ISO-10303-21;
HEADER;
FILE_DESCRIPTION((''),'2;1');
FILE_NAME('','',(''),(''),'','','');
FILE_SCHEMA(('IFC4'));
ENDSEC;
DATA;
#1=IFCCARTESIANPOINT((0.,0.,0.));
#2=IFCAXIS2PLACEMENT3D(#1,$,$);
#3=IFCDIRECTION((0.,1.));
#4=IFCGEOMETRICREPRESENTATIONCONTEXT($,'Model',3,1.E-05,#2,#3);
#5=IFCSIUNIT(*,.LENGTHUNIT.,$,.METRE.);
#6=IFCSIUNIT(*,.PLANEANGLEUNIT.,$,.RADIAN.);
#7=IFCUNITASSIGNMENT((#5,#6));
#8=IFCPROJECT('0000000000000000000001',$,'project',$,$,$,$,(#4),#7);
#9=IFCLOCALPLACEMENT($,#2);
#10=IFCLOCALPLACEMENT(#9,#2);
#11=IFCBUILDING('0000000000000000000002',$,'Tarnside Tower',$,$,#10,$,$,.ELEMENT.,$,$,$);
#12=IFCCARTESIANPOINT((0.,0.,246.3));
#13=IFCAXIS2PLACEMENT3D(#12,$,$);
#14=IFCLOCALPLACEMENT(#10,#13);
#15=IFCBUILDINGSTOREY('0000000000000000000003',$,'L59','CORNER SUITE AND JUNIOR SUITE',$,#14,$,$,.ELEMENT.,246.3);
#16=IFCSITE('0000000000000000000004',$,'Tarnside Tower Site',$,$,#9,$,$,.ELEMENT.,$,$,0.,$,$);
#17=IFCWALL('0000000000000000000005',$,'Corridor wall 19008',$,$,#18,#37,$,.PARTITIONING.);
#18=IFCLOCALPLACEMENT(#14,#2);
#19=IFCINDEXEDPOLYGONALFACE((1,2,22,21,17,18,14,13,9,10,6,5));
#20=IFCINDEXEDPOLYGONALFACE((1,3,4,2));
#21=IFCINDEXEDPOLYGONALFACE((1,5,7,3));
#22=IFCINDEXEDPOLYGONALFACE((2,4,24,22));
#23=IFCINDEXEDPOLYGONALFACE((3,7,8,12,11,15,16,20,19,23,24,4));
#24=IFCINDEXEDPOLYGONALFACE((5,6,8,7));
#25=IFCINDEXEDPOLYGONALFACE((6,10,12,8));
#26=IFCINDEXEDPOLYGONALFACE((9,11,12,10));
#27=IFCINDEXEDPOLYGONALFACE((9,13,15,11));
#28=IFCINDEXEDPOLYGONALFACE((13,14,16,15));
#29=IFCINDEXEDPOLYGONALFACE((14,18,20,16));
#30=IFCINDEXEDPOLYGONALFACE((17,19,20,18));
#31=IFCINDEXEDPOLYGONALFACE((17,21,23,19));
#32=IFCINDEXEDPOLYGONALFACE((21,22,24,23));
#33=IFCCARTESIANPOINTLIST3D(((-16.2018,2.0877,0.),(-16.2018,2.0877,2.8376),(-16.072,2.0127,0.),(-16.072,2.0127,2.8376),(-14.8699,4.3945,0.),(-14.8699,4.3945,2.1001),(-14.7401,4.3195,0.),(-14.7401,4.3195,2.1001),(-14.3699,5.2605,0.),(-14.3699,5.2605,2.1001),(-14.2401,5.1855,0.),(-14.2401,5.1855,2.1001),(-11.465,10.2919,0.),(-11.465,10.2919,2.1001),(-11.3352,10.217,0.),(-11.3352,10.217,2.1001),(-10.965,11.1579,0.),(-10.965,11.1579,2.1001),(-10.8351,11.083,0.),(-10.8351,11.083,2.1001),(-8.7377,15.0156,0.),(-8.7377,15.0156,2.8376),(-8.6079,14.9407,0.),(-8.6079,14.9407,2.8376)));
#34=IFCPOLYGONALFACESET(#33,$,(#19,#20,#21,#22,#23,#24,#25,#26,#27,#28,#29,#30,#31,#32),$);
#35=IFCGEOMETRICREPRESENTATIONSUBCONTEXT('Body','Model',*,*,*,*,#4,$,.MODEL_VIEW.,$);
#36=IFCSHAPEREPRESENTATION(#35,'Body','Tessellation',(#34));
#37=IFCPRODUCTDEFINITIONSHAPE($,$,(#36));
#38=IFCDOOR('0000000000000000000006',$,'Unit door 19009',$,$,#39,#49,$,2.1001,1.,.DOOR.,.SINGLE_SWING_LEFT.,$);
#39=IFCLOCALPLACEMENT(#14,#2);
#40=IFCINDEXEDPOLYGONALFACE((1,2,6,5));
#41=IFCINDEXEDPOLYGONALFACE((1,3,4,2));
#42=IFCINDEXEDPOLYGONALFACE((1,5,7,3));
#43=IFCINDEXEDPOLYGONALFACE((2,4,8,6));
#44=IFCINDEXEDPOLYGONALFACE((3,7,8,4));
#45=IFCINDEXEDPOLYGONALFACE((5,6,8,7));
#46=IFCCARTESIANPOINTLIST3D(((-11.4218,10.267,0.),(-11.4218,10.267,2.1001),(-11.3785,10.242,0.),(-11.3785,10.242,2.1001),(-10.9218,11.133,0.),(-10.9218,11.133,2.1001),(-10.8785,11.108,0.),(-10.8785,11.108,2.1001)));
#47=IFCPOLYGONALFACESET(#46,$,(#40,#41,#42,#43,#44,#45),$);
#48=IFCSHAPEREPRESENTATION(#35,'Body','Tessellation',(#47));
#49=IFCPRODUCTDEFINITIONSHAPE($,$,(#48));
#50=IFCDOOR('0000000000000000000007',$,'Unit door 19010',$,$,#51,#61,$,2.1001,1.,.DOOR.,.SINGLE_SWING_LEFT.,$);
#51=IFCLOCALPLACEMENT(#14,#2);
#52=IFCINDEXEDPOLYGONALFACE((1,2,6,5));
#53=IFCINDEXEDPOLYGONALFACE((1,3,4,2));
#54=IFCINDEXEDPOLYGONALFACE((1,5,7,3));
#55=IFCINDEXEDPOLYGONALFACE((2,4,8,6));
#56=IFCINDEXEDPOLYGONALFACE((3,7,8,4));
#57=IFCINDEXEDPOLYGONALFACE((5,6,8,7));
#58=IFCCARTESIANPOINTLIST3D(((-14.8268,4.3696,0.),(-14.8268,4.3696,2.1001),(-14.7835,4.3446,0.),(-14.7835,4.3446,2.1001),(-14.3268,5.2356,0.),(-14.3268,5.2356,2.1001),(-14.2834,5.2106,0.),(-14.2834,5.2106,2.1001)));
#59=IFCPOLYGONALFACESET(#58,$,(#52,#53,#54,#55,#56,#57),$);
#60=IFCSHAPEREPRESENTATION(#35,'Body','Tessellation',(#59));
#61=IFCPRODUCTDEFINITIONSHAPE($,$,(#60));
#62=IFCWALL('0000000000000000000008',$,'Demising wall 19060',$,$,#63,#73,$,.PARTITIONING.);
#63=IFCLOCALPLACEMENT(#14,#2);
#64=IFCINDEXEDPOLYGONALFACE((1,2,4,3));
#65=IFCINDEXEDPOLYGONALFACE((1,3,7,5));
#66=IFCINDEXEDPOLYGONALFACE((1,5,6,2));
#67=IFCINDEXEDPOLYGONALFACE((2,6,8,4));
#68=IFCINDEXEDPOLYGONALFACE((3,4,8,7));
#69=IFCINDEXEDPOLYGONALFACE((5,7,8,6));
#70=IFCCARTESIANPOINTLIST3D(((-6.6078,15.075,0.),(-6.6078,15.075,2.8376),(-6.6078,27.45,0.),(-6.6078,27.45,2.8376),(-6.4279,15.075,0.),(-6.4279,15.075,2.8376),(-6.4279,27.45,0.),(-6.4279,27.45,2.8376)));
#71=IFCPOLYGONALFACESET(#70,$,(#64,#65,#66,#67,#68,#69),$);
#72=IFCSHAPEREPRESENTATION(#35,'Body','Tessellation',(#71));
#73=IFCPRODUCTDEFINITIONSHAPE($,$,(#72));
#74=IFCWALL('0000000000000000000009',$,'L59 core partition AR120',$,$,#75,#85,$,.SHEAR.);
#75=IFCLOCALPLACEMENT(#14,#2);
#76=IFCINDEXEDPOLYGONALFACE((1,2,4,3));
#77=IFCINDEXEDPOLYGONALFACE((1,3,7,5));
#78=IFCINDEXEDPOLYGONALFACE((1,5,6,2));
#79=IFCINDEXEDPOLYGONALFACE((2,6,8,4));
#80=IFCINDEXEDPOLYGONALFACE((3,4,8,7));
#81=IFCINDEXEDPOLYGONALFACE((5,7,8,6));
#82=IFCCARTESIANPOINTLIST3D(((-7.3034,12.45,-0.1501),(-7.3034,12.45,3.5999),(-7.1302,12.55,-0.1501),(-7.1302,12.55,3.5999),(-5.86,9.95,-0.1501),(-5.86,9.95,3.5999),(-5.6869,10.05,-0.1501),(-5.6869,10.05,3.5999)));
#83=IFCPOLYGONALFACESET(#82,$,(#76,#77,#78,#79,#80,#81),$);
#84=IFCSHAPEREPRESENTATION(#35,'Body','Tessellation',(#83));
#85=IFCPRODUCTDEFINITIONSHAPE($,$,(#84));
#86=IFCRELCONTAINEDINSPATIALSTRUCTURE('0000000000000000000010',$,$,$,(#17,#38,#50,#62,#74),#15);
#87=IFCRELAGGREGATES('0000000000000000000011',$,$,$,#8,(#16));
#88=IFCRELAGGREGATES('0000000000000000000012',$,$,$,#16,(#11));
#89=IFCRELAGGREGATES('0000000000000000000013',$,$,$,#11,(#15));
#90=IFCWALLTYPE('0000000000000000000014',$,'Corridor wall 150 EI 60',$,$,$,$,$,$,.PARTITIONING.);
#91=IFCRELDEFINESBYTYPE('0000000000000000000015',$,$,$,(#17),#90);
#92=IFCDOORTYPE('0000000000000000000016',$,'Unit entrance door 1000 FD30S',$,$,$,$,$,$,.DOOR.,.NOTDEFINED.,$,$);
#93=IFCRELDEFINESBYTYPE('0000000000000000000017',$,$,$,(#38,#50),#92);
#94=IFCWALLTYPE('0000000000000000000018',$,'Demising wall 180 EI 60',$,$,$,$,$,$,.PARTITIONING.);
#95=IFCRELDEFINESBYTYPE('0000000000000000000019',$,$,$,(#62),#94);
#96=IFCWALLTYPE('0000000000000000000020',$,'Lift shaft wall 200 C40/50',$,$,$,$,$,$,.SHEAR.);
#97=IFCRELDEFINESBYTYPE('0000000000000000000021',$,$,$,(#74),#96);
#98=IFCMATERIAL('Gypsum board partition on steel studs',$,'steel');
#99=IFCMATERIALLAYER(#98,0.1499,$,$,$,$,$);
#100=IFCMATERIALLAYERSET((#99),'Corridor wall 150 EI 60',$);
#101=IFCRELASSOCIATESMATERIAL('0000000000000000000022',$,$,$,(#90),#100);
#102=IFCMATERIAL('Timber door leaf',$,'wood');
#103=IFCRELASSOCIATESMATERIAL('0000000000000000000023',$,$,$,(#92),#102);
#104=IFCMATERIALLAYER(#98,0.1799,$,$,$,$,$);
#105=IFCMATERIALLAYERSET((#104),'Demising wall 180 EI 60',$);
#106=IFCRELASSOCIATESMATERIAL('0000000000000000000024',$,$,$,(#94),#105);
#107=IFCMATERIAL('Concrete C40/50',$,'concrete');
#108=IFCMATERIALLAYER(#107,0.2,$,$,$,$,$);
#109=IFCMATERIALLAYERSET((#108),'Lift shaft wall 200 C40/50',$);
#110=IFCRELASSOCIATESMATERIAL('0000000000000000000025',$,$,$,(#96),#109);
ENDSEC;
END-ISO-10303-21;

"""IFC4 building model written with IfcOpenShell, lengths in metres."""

from ifc_helpers import new_model, si_unit, direction, frame, frame_2d, origin, place, context, subcontext, project, spatial, rectangle, extrude, material, layer, layer_set, type_object, element, fill, save


model = new_model("IFC4")

# Units and contexts
model_context = context("Model", 3, precision=1e-05, world=origin(), true_north=direction((0.0, 1.0)))
body_context = subcontext(model_context, "Body", "Model", "MODEL_VIEW")
ifc_project = project(units=[si_unit("LENGTHUNIT", "METRE"), si_unit("PLANEANGLEUNIT", "RADIAN")], contexts=[model_context])

# Site, building, storey
site_placement = place(None, origin())
site = spatial("IfcSite", under=ifc_project, at=site_placement, Name="Tarnside Tower Site", CompositionType="ELEMENT", RefElevation=0.0)
building_placement = place(site_placement, origin())
building = spatial("IfcBuilding", under=site, at=building_placement, Name="Tarnside Tower", CompositionType="ELEMENT")
storey_placement = place(building_placement, frame((0.0, 0.0, 246.3)))
storey = spatial("IfcBuildingStorey", under=building, at=storey_placement, Name="L59", Description="CORNER SUITE AND JUNIOR SUITE", CompositionType="ELEMENT", Elevation=246.3)

# Shared definitions
ifc_material_1 = material(Name="Gypsum board partition on steel studs", Category="steel")

# Wall, openings, doors
ifc_layer_1 = layer(ifc_material_1, 0.1499)
ifc_layer_set_1 = layer_set([ifc_layer_1], Name="Corridor wall 150 EI 60")
wall_type_1 = type_object("IfcWallType", Name="Corridor wall 150 EI 60", PredefinedType="PARTITIONING", material=ifc_layer_set_1)
wall_1_placement = place(storey_placement, frame((-8.6729, 14.978, 0.0), z_axis=(0.0, 0.0, 1.0), x_axis=(-0.500007, -0.866021, 0.0)))
wall_1 = element("IfcWall", 1, at=wall_1_placement, inside=storey, type_object=wall_type_1, Name="Corridor wall 19008", PredefinedType="PARTITIONING", context=body_context, shape_type="SweptSolid", body=[
    extrude(rectangle(XDim=14.928, YDim=0.1499, at=frame_2d((7.4639, 0.0))), origin(), (0.0, 0.0, 1.0), 2.8376),
])
opening_1_placement = place(wall_1_placement, frame((4.4543, 0.0, 0.0)))
opening_1 = element("IfcOpeningElement", 2, at=opening_1_placement, cuts=wall_1, PredefinedType="OPENING", context=body_context, shape_type="SweptSolid", body=[
    extrude(rectangle(XDim=1.0, YDim=2.1001, at=frame_2d((0.5, 1.05))), frame((0.0, 0.085, 0.0), z_axis=(0.0, -1.0, 0.0), x_axis=(1.0, 0.0, 0.0)), (0.0, 0.0, 1.0), 0.1699),
])
opening_2_placement = place(wall_1_placement, frame((11.2642, 0.0, 0.0)))
opening_2 = element("IfcOpeningElement", 3, at=opening_2_placement, cuts=wall_1, PredefinedType="OPENING", context=body_context, shape_type="SweptSolid", body=[
    extrude(rectangle(XDim=1.0, YDim=2.1001, at=frame_2d((0.5, 1.05))), frame((0.0, 0.085, 0.0), z_axis=(0.0, -1.0, 0.0), x_axis=(1.0, 0.0, 0.0)), (0.0, 0.0, 1.0), 0.1699),
])
ifc_material_2 = material(Name="Timber door leaf", Category="wood")
door_type_1 = type_object("IfcDoorType", Name="Unit entrance door 1000 FD30S", OperationType="NOTDEFINED", PredefinedType="DOOR", material=ifc_material_2)
door_1_placement = place(opening_1_placement, origin())
door_1 = element("IfcDoor", 4, at=door_1_placement, inside=storey, type_object=door_type_1, Name="Unit door 19009", OperationType="SINGLE_SWING_LEFT", OverallHeight=2.1001, OverallWidth=1.0, PredefinedType="DOOR", context=body_context, shape_type="SweptSolid", body=[
    extrude(rectangle(XDim=1.0, YDim=2.1001, at=frame_2d((0.5, 1.05))), frame((0.0, 0.0249, 0.0), z_axis=(0.0, -1.0, 0.0), x_axis=(1.0, 0.0, 0.0)), (0.0, 0.0, 1.0), 0.05),
])
fill(opening_1, door_1)
door_2_placement = place(opening_2_placement, origin())
door_2 = element("IfcDoor", 5, at=door_2_placement, inside=storey, type_object=door_type_1, Name="Unit door 19010", OperationType="SINGLE_SWING_LEFT", OverallHeight=2.1001, OverallWidth=1.0, PredefinedType="DOOR", context=body_context, shape_type="SweptSolid", body=[
    extrude(rectangle(XDim=1.0, YDim=2.1001, at=frame_2d((0.5, 1.05))), frame((0.0, 0.0249, 0.0), z_axis=(0.0, -1.0, 0.0), x_axis=(1.0, 0.0, 0.0)), (0.0, 0.0, 1.0), 0.05),
])
fill(opening_2, door_2)

# Walls
ifc_layer_2 = layer(ifc_material_1, 0.1799)
ifc_layer_set_2 = layer_set([ifc_layer_2], Name="Demising wall 180 EI 60")
wall_type_2 = type_object("IfcWallType", Name="Demising wall 180 EI 60", PredefinedType="PARTITIONING", material=ifc_layer_set_2)
wall_2_placement = place(storey_placement, frame((-6.5178, 27.45, 0.0), z_axis=(0.0, 0.0, 1.0), x_axis=(0.0, -1.0, 0.0)))
element("IfcWall", 6, at=wall_2_placement, inside=storey, type_object=wall_type_2, Name="Demising wall 19060", PredefinedType="PARTITIONING", context=body_context, shape_type="SweptSolid", body=[
    extrude(rectangle(XDim=12.375, YDim=0.1799, at=frame_2d((6.1875, 0.0))), origin(), (0.0, 0.0, 1.0), 2.8376),
])
ifc_material_3 = material(Name="Concrete C40/50", Category="concrete")
ifc_layer_3 = layer(ifc_material_3, 0.2)
ifc_layer_set_3 = layer_set([ifc_layer_3], Name="Lift shaft wall 200 C40/50")
wall_type_3 = type_object("IfcWallType", Name="Lift shaft wall 200 C40/50", PredefinedType="SHEAR", material=ifc_layer_set_3)
wall_3_placement = place(storey_placement, frame((-5.7734, 10.0, -0.1501), z_axis=(0.0, 0.0, 1.0), x_axis=(-0.499996, 0.866028, 0.0)))
element("IfcWall", 7, at=wall_3_placement, inside=storey, type_object=wall_type_3, Name="L59 core partition AR120", PredefinedType="SHEAR", context=body_context, shape_type="SweptSolid", body=[
    extrude(rectangle(XDim=2.8867, YDim=0.2, at=frame_2d((1.4434, 0.0))), origin(), (0.0, 0.0, 1.0), 3.75),
])

save(model, "model.ifc")
